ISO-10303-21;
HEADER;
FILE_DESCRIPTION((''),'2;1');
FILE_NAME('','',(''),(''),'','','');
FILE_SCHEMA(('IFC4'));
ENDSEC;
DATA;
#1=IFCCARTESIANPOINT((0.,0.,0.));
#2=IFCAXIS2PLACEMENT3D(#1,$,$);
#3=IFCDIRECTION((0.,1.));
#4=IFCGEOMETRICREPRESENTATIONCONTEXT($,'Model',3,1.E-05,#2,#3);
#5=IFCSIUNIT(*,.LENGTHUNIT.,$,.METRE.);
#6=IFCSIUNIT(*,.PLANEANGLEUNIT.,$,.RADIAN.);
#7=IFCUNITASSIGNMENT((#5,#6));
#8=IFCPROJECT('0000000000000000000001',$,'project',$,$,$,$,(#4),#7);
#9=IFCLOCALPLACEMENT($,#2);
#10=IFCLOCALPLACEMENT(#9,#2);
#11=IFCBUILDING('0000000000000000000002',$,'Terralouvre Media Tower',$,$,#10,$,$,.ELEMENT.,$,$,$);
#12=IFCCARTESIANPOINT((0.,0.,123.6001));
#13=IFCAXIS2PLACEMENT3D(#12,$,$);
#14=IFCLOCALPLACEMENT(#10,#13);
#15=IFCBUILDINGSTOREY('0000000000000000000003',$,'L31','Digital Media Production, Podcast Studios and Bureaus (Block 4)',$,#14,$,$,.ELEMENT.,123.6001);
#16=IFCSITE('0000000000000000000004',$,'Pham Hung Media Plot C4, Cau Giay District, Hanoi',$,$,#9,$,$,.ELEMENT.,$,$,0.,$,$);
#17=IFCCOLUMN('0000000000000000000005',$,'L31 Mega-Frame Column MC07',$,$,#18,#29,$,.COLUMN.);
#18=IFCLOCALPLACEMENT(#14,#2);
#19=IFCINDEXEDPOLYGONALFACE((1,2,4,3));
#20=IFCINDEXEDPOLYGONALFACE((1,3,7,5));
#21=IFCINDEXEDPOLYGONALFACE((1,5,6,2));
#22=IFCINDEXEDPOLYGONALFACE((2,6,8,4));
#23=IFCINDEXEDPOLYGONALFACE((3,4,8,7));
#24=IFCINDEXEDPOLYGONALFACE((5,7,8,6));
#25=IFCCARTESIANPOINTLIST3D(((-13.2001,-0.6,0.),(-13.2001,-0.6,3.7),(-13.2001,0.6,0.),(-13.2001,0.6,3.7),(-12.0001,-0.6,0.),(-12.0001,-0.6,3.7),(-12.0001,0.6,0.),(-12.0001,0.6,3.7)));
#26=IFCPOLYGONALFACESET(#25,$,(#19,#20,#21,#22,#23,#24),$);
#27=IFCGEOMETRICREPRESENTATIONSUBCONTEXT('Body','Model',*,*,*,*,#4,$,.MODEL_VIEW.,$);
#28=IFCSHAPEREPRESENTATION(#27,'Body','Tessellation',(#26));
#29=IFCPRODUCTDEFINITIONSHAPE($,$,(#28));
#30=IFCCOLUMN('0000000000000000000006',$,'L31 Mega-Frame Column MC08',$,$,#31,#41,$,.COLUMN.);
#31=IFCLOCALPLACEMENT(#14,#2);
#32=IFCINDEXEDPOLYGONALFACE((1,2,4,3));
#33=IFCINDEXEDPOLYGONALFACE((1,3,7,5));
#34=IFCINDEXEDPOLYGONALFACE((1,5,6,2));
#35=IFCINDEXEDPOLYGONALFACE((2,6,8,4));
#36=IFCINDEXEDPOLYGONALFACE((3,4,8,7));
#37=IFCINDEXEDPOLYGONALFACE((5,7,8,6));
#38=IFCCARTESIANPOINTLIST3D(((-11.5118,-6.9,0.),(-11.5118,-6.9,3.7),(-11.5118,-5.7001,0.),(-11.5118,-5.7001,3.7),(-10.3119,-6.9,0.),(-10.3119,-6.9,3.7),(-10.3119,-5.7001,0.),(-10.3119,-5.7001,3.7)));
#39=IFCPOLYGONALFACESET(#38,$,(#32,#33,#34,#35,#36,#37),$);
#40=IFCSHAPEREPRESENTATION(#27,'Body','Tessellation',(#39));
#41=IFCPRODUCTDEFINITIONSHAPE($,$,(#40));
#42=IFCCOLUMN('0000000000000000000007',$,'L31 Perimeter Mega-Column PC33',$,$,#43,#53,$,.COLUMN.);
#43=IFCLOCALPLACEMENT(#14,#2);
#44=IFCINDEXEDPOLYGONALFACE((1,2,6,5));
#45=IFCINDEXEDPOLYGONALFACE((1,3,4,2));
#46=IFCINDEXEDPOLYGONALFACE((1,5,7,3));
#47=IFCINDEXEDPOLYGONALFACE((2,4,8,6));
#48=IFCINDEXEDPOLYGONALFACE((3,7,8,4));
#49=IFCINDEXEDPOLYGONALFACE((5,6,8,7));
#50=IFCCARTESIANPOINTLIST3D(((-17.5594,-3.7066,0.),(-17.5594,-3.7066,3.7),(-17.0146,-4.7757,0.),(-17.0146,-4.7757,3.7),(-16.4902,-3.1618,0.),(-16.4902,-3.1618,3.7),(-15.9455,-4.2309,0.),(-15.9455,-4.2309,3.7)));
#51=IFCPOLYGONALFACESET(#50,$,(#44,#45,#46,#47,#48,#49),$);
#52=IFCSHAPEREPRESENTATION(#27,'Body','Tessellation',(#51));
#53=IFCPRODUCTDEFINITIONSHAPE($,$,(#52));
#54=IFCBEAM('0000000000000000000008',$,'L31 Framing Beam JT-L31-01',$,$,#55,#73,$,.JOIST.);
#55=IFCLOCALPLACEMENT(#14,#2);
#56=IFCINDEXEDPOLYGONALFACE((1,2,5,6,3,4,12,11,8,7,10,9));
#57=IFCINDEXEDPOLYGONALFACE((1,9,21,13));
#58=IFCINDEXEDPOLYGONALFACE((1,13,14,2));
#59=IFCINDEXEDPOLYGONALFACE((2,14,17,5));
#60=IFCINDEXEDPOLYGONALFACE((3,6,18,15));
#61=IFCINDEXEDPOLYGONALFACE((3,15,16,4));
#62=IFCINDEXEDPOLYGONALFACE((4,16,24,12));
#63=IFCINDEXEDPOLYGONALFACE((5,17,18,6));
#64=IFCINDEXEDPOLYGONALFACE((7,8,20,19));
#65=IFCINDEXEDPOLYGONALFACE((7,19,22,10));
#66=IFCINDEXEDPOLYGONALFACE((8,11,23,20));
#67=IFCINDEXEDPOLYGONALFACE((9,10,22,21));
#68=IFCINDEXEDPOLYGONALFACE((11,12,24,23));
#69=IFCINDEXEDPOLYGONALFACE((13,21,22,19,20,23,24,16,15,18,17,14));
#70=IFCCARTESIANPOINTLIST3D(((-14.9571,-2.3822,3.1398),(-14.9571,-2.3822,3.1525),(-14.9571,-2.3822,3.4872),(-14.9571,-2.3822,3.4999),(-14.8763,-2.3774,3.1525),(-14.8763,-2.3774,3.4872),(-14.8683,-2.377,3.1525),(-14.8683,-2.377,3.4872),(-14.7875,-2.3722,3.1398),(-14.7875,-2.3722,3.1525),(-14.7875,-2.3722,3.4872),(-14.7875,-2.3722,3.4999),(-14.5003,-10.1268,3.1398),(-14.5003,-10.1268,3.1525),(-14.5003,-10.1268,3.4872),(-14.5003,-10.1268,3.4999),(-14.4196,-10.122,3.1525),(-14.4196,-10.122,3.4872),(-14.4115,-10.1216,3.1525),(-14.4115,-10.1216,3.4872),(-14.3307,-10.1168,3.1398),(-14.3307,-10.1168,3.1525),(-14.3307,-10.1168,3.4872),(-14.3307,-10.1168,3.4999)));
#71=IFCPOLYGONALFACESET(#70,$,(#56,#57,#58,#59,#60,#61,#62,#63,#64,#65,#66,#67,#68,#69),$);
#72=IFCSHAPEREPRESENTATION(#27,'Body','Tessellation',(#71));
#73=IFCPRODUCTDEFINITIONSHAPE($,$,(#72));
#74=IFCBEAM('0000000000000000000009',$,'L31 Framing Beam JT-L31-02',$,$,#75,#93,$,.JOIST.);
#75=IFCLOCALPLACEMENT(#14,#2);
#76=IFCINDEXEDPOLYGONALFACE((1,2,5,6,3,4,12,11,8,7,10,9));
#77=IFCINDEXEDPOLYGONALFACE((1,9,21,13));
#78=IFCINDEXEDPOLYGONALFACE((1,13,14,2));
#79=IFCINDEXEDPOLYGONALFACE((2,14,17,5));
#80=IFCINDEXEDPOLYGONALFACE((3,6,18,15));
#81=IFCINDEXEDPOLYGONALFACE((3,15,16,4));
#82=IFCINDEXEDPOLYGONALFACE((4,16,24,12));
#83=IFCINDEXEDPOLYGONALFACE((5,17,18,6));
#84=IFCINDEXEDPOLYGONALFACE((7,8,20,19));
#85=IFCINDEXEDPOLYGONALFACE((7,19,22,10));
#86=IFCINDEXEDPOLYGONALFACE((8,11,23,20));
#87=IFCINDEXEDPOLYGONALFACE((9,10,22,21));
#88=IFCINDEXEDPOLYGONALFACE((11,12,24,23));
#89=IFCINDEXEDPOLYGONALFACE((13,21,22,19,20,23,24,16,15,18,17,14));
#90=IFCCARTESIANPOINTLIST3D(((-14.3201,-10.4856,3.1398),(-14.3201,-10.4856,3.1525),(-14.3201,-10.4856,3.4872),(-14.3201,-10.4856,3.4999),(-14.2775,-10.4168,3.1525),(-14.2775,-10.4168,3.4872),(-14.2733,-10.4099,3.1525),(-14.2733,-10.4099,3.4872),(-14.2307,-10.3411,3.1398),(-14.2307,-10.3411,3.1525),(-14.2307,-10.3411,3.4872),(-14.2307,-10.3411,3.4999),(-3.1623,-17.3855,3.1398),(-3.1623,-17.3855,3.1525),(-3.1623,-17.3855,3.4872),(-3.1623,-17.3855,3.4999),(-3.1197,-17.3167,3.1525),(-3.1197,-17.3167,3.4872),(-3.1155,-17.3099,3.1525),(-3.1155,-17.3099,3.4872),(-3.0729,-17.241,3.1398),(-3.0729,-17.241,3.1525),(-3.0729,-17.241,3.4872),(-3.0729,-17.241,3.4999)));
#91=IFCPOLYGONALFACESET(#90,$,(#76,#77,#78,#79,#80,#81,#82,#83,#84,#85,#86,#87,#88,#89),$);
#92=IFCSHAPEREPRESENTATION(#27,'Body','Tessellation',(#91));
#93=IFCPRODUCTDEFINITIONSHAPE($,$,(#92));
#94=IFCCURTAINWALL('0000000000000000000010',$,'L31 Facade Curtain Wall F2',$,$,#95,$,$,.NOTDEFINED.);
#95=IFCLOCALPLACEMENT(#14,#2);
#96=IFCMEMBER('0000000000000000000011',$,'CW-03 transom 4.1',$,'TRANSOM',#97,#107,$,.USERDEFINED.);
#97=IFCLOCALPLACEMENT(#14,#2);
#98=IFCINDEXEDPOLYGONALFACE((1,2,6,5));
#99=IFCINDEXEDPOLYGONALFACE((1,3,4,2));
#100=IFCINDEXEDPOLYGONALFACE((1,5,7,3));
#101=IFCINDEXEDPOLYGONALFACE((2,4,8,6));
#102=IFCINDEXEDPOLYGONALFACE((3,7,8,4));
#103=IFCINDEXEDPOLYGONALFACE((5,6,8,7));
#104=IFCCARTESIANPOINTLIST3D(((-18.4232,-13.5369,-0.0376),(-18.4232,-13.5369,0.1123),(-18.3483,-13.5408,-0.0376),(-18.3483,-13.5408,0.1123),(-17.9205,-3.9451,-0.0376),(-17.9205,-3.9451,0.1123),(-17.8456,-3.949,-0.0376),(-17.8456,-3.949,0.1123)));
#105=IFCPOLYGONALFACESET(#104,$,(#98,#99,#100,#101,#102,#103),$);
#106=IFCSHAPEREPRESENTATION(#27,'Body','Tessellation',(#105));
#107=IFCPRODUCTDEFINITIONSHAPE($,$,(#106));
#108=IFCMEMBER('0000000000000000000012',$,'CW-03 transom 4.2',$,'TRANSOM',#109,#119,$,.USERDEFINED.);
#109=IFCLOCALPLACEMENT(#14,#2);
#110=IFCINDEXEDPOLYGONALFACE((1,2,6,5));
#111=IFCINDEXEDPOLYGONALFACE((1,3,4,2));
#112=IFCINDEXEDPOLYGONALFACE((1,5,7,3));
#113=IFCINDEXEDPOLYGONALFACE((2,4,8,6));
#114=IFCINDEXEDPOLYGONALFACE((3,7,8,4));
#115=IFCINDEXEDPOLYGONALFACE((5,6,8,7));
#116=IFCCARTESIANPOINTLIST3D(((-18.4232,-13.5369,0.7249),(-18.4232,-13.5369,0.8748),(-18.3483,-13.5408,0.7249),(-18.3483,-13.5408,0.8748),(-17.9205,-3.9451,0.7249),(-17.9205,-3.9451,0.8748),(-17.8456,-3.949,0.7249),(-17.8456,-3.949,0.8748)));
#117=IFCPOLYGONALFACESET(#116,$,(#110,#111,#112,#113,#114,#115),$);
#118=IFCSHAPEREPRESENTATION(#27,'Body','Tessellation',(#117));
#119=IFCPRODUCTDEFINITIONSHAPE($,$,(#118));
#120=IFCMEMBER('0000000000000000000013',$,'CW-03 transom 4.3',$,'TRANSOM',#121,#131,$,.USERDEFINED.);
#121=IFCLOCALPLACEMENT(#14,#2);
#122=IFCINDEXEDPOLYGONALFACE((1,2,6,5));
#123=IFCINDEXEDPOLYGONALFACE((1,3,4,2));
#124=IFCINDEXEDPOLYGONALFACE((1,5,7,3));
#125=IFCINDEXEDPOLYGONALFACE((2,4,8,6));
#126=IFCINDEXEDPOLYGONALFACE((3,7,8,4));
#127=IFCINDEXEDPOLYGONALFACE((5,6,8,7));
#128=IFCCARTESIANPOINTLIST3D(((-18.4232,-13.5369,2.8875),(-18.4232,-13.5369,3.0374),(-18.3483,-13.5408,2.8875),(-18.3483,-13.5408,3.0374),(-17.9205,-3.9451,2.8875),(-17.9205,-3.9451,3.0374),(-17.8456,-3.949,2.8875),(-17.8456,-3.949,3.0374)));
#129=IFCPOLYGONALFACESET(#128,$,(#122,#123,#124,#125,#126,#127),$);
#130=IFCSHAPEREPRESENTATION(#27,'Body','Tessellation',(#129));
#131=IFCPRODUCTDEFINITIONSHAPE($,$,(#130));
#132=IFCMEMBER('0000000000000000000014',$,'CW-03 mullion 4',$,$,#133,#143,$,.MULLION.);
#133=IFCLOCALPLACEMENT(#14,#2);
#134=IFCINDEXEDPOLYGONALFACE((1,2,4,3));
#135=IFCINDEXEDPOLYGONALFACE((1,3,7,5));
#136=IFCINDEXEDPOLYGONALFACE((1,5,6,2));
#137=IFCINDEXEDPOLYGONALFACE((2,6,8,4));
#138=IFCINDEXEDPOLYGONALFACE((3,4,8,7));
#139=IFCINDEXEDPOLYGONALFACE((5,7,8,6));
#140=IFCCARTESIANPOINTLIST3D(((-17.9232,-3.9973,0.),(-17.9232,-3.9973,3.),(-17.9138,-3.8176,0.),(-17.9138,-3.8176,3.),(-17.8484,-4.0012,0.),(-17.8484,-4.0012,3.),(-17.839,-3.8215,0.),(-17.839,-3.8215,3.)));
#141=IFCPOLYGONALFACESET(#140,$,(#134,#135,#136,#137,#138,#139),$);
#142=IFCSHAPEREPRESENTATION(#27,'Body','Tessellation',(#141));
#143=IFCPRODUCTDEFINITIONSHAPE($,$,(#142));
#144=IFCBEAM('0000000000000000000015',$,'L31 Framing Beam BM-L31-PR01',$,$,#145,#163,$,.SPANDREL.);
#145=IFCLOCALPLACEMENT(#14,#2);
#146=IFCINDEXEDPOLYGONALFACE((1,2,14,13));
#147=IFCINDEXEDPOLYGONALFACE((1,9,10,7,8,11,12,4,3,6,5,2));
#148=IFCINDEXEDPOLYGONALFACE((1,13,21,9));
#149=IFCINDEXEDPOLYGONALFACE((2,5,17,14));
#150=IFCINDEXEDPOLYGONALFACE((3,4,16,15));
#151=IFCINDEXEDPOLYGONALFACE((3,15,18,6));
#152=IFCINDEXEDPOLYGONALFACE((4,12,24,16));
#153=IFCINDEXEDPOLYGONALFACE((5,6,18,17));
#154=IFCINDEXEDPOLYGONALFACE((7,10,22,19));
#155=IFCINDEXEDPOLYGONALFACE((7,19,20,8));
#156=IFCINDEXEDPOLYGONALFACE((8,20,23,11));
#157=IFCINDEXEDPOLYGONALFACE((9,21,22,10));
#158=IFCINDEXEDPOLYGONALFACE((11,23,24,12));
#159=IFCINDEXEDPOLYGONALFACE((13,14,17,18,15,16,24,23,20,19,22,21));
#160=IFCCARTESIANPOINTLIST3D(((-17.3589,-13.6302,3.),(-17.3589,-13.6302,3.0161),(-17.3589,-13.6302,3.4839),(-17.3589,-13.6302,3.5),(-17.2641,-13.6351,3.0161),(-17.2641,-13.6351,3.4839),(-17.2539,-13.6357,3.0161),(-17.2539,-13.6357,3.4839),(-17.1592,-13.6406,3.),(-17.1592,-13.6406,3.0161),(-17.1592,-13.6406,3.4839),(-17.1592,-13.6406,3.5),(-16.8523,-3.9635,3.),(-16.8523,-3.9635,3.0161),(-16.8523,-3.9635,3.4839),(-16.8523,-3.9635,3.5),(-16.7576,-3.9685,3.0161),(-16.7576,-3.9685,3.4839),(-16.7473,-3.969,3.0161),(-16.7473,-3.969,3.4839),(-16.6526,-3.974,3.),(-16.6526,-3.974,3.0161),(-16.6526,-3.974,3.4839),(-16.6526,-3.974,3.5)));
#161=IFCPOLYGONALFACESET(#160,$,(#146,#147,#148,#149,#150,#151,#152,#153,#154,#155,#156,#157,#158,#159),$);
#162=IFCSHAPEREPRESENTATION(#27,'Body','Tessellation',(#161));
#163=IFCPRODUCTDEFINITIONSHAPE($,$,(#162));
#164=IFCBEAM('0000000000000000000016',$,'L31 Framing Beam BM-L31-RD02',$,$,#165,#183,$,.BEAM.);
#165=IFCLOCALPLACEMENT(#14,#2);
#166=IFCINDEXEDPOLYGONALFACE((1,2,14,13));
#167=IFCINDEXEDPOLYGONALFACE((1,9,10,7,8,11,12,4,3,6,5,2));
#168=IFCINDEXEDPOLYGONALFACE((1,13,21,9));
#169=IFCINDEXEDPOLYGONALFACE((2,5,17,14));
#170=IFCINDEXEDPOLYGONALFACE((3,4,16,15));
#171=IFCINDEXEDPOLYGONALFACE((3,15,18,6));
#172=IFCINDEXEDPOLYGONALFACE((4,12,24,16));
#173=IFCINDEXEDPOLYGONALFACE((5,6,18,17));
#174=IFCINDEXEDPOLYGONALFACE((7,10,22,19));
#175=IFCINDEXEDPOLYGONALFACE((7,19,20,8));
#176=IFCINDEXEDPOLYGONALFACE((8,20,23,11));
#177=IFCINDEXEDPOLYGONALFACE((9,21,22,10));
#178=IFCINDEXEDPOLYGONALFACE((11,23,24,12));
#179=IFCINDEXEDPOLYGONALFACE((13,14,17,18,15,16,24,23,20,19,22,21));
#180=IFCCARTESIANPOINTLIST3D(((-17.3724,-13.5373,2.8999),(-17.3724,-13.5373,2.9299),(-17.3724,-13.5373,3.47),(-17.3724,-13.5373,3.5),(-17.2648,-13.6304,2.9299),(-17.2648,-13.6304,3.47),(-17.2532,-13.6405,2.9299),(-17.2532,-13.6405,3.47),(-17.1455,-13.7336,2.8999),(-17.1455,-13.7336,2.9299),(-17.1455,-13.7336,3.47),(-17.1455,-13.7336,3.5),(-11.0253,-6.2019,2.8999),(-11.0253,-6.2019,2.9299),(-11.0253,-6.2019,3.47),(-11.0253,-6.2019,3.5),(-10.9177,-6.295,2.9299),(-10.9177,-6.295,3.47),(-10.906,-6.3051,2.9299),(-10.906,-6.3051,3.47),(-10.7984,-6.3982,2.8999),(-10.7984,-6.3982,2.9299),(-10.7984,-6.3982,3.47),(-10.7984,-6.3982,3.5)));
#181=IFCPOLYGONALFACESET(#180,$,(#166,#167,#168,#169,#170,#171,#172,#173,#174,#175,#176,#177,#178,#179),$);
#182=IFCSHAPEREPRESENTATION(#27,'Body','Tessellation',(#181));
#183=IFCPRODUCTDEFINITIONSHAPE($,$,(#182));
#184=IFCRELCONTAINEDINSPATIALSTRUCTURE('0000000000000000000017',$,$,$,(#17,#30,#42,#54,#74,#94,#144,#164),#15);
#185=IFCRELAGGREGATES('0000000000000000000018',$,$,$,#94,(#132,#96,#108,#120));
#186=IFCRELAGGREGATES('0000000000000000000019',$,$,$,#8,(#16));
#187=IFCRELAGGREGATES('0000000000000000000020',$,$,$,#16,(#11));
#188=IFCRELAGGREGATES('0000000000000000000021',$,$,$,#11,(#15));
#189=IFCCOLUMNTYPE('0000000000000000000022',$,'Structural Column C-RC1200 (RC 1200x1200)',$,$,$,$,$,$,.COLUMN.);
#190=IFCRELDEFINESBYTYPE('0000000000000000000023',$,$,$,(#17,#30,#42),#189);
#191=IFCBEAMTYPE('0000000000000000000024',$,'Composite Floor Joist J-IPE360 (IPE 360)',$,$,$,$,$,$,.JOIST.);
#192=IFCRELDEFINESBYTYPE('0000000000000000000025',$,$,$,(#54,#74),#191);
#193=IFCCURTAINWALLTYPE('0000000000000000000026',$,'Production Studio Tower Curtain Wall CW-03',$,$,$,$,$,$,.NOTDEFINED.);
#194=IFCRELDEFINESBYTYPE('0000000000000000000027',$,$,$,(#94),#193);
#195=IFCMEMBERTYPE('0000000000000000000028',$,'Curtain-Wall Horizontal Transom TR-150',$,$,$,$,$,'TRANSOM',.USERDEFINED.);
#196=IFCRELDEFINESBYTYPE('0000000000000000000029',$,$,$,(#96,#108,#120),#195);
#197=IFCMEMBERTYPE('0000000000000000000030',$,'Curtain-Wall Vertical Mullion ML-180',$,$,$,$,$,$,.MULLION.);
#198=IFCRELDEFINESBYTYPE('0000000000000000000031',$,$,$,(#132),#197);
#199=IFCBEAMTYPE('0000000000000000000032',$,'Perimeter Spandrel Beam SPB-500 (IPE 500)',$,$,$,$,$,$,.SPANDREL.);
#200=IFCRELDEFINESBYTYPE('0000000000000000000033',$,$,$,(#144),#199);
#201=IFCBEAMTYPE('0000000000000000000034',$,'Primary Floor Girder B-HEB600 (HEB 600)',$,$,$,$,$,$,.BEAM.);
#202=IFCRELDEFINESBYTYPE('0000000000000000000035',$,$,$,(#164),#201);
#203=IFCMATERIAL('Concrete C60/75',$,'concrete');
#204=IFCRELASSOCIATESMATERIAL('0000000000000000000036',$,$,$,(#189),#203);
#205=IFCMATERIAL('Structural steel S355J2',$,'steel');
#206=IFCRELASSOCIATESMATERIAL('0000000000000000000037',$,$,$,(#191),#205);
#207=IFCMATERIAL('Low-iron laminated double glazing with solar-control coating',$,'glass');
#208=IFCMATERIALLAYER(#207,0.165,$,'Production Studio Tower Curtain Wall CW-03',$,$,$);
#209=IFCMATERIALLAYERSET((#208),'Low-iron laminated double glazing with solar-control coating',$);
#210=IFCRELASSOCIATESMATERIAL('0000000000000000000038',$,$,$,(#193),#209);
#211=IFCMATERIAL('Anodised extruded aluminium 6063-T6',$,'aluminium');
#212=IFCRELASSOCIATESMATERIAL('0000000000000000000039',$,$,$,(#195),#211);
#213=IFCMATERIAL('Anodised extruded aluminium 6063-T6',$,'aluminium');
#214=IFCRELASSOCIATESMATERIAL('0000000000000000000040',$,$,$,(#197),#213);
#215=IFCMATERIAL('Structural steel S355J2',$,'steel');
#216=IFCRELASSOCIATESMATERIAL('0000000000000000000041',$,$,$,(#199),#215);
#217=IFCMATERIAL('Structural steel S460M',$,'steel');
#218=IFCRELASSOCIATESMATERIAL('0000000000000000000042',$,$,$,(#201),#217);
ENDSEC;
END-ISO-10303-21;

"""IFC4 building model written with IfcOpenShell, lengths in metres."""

from ifc_helpers import new_model, si_unit, direction, frame, origin, origin_2d, place, context, subcontext, project, spatial, rectangle, i_section, extrude, material, layer, layer_set, material_profile, profile_set, type_object, element, aggregate, save


model = new_model("IFC4")

# Units and contexts
model_context = context("Model", 3, precision=1e-05, world=origin(), true_north=direction((0.0, 1.0)))
body_context = subcontext(model_context, "Body", "Model", "MODEL_VIEW")
ifc_project = project(units=[si_unit("LENGTHUNIT", "METRE"), si_unit("PLANEANGLEUNIT", "RADIAN")], contexts=[model_context])

# Site, building, storey
site_placement = place(None, origin())
site = spatial("IfcSite", under=ifc_project, at=site_placement, Name="Pham Hung Media Plot C4, Cau Giay District, Hanoi", CompositionType="ELEMENT", RefElevation=0.0)
building_placement = place(site_placement, origin())
building = spatial("IfcBuilding", under=site, at=building_placement, Name="Terralouvre Media Tower", CompositionType="ELEMENT")
storey_placement = place(building_placement, frame((0.0, 0.0, 123.6001)))
storey = spatial("IfcBuildingStorey", under=building, at=storey_placement, Name="L31", Description="Digital Media Production, Podcast Studios and Bureaus (Block 4)", CompositionType="ELEMENT", Elevation=123.6001)

# Columns
ifc_material_1 = material(Name="Concrete C60/75", Category="concrete")
ifc_material_profile_1 = material_profile(ifc_material_1, rectangle(XDim=1.2, YDim=1.2, at=origin_2d()), Name="RC 1200x1200")
ifc_profile_set_1 = profile_set([ifc_material_profile_1], Name="Concrete C60/75")
column_type = type_object("IfcColumnType", Name="Structural Column C-RC1200 (RC 1200x1200)", PredefinedType="COLUMN", material=ifc_profile_set_1)
for number, where, z_axis, x_axis, name in (
    (1, (-12.6001, 0.0, 0.0), (0.0, 0.0, 1.0), (1.0, 0.0, 0.0), "L31 Mega-Frame Column MC07"),
    (2, (-10.9119, -6.3, 0.0), (0.0, 0.0, 1.0), (1.0, 0.0, 0.0), "L31 Mega-Frame Column MC08"),
    (3, (-16.7524, -3.9688, 0.0), (0.0, 0.0, 1.0), (0.891007, 0.45399, 0.0), "L31 Perimeter Mega-Column PC33"),
):
    element("IfcColumn", number, at=place(storey_placement, frame(where, z_axis=z_axis, x_axis=x_axis)), inside=storey, type_object=column_type, Name=name, PredefinedType="COLUMN", context=body_context, shape_type="SweptSolid", body=[
        extrude(rectangle(XDim=1.2, YDim=1.2, at=origin_2d()), origin(), (0.0, 0.0, 1.0), 3.7),
    ])

# Beams
ifc_material_2 = material(Name="Structural steel S355J2", Category="steel")
ifc_material_profile_2 = material_profile(ifc_material_2, i_section(OverallWidth=0.1699, OverallDepth=0.3601, WebThickness=0.0081, FlangeThickness=0.0127, at=origin_2d()), Name="IPE 360")
ifc_profile_set_2 = profile_set([ifc_material_profile_2], Name="Structural steel S355J2")
beam_type_1 = type_object("IfcBeamType", Name="Composite Floor Joist J-IPE360 (IPE 360)", PredefinedType="JOIST", material=ifc_profile_set_2)
beam_1_placement = place(storey_placement, frame((-14.8723, -2.3772, 3.3198), z_axis=(0.058879, -0.998265, 0.0), x_axis=(0.998265, 0.058879, 0.0)))
element("IfcBeam", 4, at=beam_1_placement, inside=storey, type_object=beam_type_1, Name="L31 Framing Beam JT-L31-01", PredefinedType="JOIST", context=body_context, shape_type="SweptSolid", body=[
    extrude(i_section(OverallWidth=0.1699, OverallDepth=0.3601, WebThickness=0.0081, FlangeThickness=0.0127, at=origin_2d()), origin(), (0.0, 0.0, 1.0), 7.7581),
])
beam_2_placement = place(storey_placement, frame((-14.2754, -10.4133, 3.3198), z_axis=(0.850513, -0.525955, 0.0), x_axis=(0.525955, 0.850513, 0.0)))
element("IfcBeam", 5, at=beam_2_placement, inside=storey, type_object=beam_type_1, Name="L31 Framing Beam JT-L31-02", PredefinedType="JOIST", context=body_context, shape_type="SweptSolid", body=[
    extrude(i_section(OverallWidth=0.1699, OverallDepth=0.3601, WebThickness=0.0081, FlangeThickness=0.0127, at=origin_2d()), origin(), (0.0, 0.0, 1.0), 13.1189),
])

# Curtain wall, members
ifc_material_3 = material(Name="Low-iron laminated double glazing with solar-control coating", Category="glass")
ifc_layer_1 = layer(ifc_material_3, 0.165, Name="Production Studio Tower Curtain Wall CW-03")
ifc_layer_set_1 = layer_set([ifc_layer_1], Name="Low-iron laminated double glazing with solar-control coating")
curtain_wall_type = type_object("IfcCurtainWallType", Name="Production Studio Tower Curtain Wall CW-03", PredefinedType="NOTDEFINED", material=ifc_layer_set_1)
curtain_wall_placement = place(storey_placement, origin())
curtain_wall = element("IfcCurtainWall", 6, at=curtain_wall_placement, inside=storey, type_object=curtain_wall_type, Name="L31 Facade Curtain Wall F2", PredefinedType="NOTDEFINED")
ifc_material_4 = material(Name="Anodised extruded aluminium 6063-T6", Category="aluminium")
ifc_material_profile_3 = material_profile(ifc_material_4, rectangle(XDim=0.075, YDim=0.1499, at=origin_2d()), Name="ALU 75x150")
ifc_profile_set_3 = profile_set([ifc_material_profile_3], Name="Anodised extruded aluminium 6063-T6")
member_type_1 = type_object("IfcMemberType", Name="Curtain-Wall Horizontal Transom TR-150", ElementType="TRANSOM", PredefinedType="USERDEFINED", material=ifc_profile_set_3)
member_1_placement = place(storey_placement, frame((-17.8831, -3.947, 0.0374), z_axis=(-0.052336, -0.99863, 0.0), x_axis=(0.99863, -0.052336, 0.0)))
member_1 = element("IfcMember", 7, at=member_1_placement, type_object=member_type_1, Name="CW-03 transom 4.1", ObjectType="TRANSOM", PredefinedType="USERDEFINED", context=body_context, shape_type="SweptSolid", body=[
    extrude(rectangle(XDim=0.075, YDim=0.1499, at=origin_2d()), origin(), (0.0, 0.0, 1.0), 9.605),
])
member_2_placement = place(storey_placement, frame((-17.8831, -3.947, 0.7998), z_axis=(-0.052336, -0.99863, 0.0), x_axis=(0.99863, -0.052336, 0.0)))
member_2 = element("IfcMember", 8, at=member_2_placement, type_object=member_type_1, Name="CW-03 transom 4.2", ObjectType="TRANSOM", PredefinedType="USERDEFINED", context=body_context, shape_type="SweptSolid", body=[
    extrude(rectangle(XDim=0.075, YDim=0.1499, at=origin_2d()), origin(), (0.0, 0.0, 1.0), 9.605),
])
member_3_placement = place(storey_placement, frame((-17.8831, -3.947, 2.9624), z_axis=(-0.052336, -0.99863, 0.0), x_axis=(0.99863, -0.052336, 0.0)))
member_3 = element("IfcMember", 9, at=member_3_placement, type_object=member_type_1, Name="CW-03 transom 4.3", ObjectType="TRANSOM", PredefinedType="USERDEFINED", context=body_context, shape_type="SweptSolid", body=[
    extrude(rectangle(XDim=0.075, YDim=0.1499, at=origin_2d()), origin(), (0.0, 0.0, 1.0), 9.605),
])
ifc_material_5 = material(Name="Anodised extruded aluminium 6063-T6", Category="aluminium")
ifc_material_profile_4 = material_profile(ifc_material_5, rectangle(XDim=0.075, YDim=0.1799, at=origin_2d()), Name="ALU 75x180")
ifc_profile_set_4 = profile_set([ifc_material_profile_4], Name="Anodised extruded aluminium 6063-T6")
member_type_2 = type_object("IfcMemberType", Name="Curtain-Wall Vertical Mullion ML-180", PredefinedType="MULLION", material=ifc_profile_set_4)
member_4_placement = place(storey_placement, frame((-17.8811, -3.9094, 0.0), z_axis=(0.0, 0.0, 1.0), x_axis=(0.99863, -0.052336, 0.0)))
member_4 = element("IfcMember", 10, at=member_4_placement, type_object=member_type_2, Name="CW-03 mullion 4", PredefinedType="MULLION", context=body_context, shape_type="SweptSolid", body=[
    extrude(rectangle(XDim=0.075, YDim=0.1799, at=origin_2d()), origin(), (0.0, 0.0, 1.0), 3.0),
])

# Beams
ifc_material_6 = material(Name="Structural steel S355J2", Category="steel")
ifc_material_profile_5 = material_profile(ifc_material_6, i_section(OverallWidth=0.2, OverallDepth=0.5, WebThickness=0.0103, FlangeThickness=0.0161, at=origin_2d()), Name="IPE 500")
ifc_profile_set_5 = profile_set([ifc_material_profile_5], Name="Structural steel S355J2")
beam_type_2 = type_object("IfcBeamType", Name="Perimeter Spandrel Beam SPB-500 (IPE 500)", PredefinedType="SPANDREL", material=ifc_profile_set_5)
beam_3_placement = place(storey_placement, frame((-16.7524, -3.9688, 3.25), z_axis=(-0.052334, -0.99863, 0.0), x_axis=(0.99863, -0.052334, 0.0)))
element("IfcBeam", 11, at=beam_3_placement, inside=storey, type_object=beam_type_2, Name="L31 Framing Beam BM-L31-PR01", PredefinedType="SPANDREL", context=body_context, shape_type="SweptSolid", body=[
    extrude(i_section(OverallWidth=0.2, OverallDepth=0.5, WebThickness=0.0103, FlangeThickness=0.0161, at=origin_2d()), origin(), (0.0, 0.0, 1.0), 9.6799),
])
ifc_material_7 = material(Name="Structural steel S460M", Category="steel")
ifc_material_profile_6 = material_profile(ifc_material_7, i_section(OverallWidth=0.3, OverallDepth=0.6001, WebThickness=0.0154, FlangeThickness=0.03, at=origin_2d()), Name="HEB 600")
ifc_profile_set_6 = profile_set([ifc_material_profile_6], Name="Structural steel S460M")
beam_type_3 = type_object("IfcBeamType", Name="Primary Floor Girder B-HEB600 (HEB 600)", PredefinedType="BEAM", material=ifc_profile_set_6)
beam_4_placement = place(storey_placement, frame((-10.9119, -6.3, 3.2), z_axis=(-0.654329, -0.75621, 0.0), x_axis=(0.75621, -0.654329, 0.0)))
element("IfcBeam", 12, at=beam_4_placement, inside=storey, type_object=beam_type_3, Name="L31 Framing Beam BM-L31-RD02", PredefinedType="BEAM", context=body_context, shape_type="SweptSolid", body=[
    extrude(i_section(OverallWidth=0.3, OverallDepth=0.6001, WebThickness=0.0154, FlangeThickness=0.03, at=origin_2d()), origin(), (0.0, 0.0, 1.0), 9.7002),
])

aggregate(curtain_wall, [member_4, member_1, member_2, member_3])

save(model, "model.ifc")
